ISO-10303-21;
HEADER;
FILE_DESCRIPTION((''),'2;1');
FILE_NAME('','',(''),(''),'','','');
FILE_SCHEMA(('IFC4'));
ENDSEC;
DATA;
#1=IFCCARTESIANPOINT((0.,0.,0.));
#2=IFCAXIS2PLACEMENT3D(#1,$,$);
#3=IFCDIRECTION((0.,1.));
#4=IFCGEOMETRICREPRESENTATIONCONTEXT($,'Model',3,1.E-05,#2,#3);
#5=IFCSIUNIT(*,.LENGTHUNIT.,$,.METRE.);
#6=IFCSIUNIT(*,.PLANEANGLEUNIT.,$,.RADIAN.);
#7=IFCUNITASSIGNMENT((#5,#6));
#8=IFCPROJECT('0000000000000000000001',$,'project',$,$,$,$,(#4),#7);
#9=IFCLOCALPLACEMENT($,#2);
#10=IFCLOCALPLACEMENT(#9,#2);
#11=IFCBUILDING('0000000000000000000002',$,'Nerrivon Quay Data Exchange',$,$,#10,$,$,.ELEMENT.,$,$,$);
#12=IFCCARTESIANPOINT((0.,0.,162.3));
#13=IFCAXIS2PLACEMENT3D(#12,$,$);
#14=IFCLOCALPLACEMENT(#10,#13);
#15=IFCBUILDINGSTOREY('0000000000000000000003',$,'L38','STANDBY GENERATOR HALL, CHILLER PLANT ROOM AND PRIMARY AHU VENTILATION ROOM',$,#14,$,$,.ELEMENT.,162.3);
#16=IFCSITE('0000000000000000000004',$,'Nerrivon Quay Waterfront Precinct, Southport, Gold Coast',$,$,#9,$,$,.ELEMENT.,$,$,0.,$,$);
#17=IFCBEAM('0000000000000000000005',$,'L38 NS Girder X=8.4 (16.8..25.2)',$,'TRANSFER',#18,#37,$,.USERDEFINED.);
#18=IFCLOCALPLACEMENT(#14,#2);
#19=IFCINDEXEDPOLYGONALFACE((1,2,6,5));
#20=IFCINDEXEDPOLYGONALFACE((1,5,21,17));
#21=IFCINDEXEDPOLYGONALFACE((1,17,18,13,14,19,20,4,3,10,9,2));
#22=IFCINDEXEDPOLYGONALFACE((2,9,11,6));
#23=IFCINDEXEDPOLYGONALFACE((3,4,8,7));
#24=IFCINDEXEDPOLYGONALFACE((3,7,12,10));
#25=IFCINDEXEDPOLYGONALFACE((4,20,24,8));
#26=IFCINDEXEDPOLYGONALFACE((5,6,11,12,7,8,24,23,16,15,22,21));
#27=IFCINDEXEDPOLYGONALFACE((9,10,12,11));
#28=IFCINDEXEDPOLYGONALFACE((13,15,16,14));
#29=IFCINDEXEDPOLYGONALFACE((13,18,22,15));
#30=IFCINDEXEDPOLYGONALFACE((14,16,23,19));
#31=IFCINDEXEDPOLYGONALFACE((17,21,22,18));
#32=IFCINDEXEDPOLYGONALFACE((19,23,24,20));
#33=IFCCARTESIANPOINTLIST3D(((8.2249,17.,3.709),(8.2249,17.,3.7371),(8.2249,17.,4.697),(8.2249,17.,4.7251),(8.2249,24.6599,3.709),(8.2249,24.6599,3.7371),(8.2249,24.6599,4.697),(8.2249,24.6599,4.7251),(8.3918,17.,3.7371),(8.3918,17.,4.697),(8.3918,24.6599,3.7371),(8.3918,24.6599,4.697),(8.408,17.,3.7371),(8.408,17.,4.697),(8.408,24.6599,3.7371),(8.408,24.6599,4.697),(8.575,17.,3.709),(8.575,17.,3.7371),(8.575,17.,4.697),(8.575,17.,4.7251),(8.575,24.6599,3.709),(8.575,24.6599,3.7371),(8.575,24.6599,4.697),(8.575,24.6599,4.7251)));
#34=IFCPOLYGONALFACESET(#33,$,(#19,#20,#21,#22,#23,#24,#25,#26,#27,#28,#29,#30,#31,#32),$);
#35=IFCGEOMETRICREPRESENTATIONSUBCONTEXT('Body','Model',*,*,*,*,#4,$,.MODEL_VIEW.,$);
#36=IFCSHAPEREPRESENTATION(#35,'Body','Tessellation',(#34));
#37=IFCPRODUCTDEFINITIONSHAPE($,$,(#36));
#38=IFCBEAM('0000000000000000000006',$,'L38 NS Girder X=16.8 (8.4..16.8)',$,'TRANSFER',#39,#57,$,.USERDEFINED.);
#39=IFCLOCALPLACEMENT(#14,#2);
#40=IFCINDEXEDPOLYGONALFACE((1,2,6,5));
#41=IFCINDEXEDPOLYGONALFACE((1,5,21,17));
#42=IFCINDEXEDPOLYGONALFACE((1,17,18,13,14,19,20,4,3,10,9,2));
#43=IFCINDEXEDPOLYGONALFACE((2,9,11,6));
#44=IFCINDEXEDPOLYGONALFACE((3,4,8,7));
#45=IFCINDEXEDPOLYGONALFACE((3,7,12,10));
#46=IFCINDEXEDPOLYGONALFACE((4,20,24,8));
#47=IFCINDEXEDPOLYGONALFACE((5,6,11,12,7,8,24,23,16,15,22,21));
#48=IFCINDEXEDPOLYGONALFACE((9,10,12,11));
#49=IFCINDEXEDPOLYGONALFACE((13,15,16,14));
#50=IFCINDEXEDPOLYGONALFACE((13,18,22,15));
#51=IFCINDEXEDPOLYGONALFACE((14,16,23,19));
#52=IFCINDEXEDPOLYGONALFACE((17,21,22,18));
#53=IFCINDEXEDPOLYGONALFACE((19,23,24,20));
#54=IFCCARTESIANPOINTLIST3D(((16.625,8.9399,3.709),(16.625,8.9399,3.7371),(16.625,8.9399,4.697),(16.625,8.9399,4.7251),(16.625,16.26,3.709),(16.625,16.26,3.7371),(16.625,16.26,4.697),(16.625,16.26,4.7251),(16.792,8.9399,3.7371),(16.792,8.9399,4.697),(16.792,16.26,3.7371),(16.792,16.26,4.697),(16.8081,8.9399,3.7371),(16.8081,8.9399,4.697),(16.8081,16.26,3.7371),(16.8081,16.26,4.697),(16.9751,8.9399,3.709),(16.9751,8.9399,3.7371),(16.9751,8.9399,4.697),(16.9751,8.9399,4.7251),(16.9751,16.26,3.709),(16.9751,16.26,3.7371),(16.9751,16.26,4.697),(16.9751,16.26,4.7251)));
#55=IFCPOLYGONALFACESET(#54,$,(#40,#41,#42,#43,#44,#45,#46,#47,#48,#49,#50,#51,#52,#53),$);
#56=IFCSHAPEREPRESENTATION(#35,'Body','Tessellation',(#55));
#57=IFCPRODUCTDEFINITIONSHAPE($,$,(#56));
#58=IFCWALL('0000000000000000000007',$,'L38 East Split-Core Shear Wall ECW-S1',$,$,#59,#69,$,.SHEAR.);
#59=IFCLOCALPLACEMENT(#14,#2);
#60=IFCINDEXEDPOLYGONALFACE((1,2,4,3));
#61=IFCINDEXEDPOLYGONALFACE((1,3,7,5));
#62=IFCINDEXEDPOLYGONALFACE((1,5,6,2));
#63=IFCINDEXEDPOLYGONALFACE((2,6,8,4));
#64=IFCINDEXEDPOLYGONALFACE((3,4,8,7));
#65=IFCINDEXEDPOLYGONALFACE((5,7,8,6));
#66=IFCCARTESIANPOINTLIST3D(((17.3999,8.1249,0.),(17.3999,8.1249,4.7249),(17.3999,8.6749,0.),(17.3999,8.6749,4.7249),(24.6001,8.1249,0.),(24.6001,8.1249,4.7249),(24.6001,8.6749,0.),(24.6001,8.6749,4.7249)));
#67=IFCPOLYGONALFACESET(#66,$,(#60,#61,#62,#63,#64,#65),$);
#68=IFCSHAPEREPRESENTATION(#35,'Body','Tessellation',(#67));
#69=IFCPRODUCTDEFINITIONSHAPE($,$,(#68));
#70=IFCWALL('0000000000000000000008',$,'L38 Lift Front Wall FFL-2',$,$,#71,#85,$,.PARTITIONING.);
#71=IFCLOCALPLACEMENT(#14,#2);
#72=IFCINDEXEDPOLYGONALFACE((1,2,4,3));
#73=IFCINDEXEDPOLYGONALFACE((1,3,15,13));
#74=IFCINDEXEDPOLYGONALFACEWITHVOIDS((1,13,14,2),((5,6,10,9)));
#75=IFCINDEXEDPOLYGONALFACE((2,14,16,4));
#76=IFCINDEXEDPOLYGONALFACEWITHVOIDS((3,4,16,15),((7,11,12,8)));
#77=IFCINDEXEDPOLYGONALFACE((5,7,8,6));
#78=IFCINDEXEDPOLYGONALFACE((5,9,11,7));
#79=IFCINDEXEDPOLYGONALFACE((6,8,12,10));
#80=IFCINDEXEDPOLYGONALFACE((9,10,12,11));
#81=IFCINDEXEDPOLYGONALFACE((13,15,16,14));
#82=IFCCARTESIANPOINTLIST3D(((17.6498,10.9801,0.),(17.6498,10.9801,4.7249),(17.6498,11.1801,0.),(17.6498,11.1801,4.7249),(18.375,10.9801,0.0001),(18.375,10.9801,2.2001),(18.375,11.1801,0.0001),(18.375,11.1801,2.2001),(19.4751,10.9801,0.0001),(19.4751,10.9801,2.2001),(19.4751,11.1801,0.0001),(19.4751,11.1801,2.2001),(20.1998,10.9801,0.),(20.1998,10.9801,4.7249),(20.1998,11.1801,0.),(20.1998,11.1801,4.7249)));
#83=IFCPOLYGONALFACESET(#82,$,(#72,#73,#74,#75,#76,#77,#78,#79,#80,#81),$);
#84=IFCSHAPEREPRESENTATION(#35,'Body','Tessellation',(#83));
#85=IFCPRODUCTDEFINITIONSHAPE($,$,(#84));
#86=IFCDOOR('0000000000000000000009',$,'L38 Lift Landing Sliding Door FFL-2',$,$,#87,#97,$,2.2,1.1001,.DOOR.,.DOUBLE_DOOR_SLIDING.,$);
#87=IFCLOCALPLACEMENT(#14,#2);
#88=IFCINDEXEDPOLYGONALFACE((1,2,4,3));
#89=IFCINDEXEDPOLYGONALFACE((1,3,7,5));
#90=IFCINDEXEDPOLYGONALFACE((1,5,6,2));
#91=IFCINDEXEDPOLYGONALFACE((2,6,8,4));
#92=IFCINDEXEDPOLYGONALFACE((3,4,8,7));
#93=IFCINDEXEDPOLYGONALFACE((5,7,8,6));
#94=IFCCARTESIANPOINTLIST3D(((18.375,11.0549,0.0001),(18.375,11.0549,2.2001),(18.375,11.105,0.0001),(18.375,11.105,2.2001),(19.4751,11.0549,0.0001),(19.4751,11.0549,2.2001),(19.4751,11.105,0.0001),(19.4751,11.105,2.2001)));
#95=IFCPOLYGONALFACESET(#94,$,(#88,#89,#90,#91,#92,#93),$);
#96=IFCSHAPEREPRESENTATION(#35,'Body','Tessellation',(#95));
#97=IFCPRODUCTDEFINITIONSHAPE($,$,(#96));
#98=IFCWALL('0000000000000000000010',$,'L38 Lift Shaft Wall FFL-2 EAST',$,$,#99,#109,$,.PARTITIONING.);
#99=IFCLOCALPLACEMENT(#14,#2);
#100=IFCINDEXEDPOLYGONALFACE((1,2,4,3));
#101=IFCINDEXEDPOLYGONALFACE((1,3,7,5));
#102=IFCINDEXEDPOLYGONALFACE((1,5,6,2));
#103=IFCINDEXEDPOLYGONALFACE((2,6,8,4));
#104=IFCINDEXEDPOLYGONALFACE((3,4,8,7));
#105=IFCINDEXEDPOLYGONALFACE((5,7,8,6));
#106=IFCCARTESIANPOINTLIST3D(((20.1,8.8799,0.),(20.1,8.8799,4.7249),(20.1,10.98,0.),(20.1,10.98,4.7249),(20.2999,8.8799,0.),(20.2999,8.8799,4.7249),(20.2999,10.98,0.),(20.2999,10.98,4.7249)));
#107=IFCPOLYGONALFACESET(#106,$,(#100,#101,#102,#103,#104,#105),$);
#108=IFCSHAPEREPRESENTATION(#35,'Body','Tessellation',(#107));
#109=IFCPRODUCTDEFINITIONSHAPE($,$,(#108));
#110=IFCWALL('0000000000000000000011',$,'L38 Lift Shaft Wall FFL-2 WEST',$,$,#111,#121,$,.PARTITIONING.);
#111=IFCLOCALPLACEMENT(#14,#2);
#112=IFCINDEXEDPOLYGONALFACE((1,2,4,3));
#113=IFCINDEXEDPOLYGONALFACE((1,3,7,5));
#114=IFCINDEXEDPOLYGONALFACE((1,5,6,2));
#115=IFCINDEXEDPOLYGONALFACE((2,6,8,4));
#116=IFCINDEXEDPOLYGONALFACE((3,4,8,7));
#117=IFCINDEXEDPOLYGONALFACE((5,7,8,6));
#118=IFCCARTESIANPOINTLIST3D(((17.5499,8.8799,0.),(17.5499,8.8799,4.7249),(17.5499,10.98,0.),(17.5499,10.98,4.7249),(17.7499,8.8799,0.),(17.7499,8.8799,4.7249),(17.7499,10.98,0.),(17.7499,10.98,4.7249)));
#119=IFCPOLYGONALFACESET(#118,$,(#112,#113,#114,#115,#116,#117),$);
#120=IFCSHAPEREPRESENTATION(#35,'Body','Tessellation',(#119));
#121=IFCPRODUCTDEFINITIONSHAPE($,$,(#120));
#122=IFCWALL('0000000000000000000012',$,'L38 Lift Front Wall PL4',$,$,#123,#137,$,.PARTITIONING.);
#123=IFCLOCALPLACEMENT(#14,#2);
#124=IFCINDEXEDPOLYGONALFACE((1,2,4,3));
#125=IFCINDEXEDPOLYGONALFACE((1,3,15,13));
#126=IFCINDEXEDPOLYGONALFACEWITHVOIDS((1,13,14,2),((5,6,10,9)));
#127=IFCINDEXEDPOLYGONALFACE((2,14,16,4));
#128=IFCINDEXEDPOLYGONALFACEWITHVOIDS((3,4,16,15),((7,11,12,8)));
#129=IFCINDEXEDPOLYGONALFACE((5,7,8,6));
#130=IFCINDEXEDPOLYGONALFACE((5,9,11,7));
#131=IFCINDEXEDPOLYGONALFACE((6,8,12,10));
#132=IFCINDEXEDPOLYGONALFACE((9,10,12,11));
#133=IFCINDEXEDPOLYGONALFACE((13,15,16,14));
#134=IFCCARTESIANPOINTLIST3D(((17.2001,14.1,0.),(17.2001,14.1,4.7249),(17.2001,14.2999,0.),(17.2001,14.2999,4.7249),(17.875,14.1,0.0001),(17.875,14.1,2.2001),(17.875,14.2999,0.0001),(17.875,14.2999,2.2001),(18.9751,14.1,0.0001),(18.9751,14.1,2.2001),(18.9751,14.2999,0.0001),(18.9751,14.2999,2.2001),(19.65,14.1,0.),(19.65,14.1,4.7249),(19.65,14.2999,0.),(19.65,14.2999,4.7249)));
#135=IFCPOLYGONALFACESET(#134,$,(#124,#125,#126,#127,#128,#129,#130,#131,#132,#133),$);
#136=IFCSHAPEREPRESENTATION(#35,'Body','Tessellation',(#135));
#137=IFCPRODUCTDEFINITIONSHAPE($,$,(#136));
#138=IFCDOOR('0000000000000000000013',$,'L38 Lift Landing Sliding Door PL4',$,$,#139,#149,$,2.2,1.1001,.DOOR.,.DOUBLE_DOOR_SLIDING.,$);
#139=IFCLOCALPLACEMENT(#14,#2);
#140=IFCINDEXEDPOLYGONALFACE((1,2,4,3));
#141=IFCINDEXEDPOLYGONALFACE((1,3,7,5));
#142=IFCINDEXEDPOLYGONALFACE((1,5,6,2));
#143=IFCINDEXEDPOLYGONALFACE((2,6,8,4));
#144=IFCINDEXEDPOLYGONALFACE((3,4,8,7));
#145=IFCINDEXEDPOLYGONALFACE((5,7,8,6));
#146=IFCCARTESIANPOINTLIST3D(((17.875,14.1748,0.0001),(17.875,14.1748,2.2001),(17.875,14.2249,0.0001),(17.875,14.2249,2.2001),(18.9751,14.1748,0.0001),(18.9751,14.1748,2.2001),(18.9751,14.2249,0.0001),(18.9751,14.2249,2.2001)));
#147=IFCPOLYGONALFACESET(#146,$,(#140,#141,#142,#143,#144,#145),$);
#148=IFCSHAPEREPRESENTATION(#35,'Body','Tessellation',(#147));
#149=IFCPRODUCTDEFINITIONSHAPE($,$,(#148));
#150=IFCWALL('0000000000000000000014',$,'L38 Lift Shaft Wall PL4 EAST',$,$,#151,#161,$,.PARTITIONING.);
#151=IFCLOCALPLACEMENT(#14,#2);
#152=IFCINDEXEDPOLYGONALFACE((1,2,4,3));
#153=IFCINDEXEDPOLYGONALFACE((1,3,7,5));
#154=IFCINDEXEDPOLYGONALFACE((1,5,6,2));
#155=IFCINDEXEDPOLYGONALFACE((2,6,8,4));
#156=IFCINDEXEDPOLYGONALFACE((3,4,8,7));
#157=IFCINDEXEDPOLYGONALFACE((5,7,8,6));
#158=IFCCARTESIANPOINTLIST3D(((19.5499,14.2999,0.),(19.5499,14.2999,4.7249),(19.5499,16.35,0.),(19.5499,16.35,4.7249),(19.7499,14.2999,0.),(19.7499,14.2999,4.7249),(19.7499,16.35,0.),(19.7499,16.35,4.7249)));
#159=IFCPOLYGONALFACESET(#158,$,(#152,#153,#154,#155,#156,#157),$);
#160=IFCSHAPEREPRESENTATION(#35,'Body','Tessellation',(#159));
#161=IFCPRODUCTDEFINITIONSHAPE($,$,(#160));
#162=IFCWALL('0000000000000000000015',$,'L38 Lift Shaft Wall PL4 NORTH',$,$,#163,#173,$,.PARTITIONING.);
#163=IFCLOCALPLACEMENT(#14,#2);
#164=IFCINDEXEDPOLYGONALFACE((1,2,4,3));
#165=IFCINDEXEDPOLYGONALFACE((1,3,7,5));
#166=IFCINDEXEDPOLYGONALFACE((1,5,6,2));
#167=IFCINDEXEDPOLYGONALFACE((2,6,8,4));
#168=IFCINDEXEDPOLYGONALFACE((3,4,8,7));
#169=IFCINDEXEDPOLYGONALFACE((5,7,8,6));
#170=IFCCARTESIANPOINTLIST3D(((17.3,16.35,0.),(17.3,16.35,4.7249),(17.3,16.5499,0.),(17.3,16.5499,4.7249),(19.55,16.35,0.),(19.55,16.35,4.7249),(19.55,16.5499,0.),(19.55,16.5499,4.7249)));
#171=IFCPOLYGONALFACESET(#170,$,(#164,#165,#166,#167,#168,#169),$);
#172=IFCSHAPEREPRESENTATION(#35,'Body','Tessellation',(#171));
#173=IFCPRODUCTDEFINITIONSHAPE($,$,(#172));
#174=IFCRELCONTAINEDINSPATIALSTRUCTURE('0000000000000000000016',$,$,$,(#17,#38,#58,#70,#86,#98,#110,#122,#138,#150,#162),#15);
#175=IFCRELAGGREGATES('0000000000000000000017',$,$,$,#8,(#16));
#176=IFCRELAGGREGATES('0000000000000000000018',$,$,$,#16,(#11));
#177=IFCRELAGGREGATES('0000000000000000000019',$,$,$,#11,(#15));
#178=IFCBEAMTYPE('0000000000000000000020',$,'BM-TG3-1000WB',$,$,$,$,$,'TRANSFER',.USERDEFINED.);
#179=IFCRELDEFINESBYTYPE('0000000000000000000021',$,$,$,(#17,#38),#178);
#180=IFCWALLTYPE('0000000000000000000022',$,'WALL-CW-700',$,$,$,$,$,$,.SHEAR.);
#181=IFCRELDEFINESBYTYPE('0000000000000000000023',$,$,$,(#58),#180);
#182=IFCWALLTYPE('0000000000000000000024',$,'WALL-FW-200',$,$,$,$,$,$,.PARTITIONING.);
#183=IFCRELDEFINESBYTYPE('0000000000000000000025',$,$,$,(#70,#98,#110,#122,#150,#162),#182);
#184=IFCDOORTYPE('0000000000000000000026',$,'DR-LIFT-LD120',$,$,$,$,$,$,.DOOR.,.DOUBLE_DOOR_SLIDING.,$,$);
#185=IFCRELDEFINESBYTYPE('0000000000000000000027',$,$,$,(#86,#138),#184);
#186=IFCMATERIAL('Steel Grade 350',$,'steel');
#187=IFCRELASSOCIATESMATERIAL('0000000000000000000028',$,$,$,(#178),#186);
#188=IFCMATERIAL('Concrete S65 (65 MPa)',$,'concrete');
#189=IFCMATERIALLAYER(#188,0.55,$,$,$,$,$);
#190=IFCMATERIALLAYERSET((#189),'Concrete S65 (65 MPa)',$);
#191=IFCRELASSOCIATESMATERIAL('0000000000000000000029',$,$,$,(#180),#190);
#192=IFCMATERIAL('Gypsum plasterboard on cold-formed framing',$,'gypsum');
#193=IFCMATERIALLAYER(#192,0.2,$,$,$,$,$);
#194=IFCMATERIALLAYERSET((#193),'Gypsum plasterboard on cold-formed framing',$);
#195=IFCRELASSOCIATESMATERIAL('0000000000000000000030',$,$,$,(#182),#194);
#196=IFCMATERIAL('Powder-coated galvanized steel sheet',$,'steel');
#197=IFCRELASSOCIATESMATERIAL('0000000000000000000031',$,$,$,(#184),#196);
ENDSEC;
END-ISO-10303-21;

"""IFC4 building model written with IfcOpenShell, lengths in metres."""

from ifc_helpers import new_model, si_unit, direction, frame, frame_2d, origin, origin_2d, place, context, subcontext, project, spatial, rectangle, i_section, extrude, material, layer, layer_set, material_profile, profile_set, type_object, element, fill, save


model = new_model("IFC4")

# Units and contexts
model_context = context("Model", 3, precision=1e-05, world=origin(), true_north=direction((0.0, 1.0)))
body_context = subcontext(model_context, "Body", "Model", "MODEL_VIEW")
ifc_project = project(units=[si_unit("LENGTHUNIT", "METRE"), si_unit("PLANEANGLEUNIT", "RADIAN")], contexts=[model_context])

# Site, building, storey
site_placement = place(None, origin())
site = spatial("IfcSite", under=ifc_project, at=site_placement, Name="Nerrivon Quay Waterfront Precinct, Southport, Gold Coast", CompositionType="ELEMENT", RefElevation=0.0)
building_placement = place(site_placement, origin())
building = spatial("IfcBuilding", under=site, at=building_placement, Name="Nerrivon Quay Data Exchange", CompositionType="ELEMENT")
storey_placement = place(building_placement, frame((0.0, 0.0, 162.3)))
storey = spatial("IfcBuildingStorey", under=building, at=storey_placement, Name="L38", Description="STANDBY GENERATOR HALL, CHILLER PLANT ROOM AND PRIMARY AHU VENTILATION ROOM", CompositionType="ELEMENT", Elevation=162.3)

# Shared definitions
ifc_material_1 = material(Name="Concrete S65 (65 MPa)", Category="concrete")

# Beams
ifc_material_2 = material(Name="Steel Grade 350", Category="steel")
ifc_material_profile_1 = material_profile(ifc_material_2, i_section(OverallWidth=0.3501, OverallDepth=1.0161, WebThickness=0.0161, FlangeThickness=0.0281, at=origin_2d()), Name="1000WB258")
ifc_profile_set_1 = profile_set([ifc_material_profile_1], Name="Steel Grade 350")
beam_type_1 = type_object("IfcBeamType", Name="BM-TG3-1000WB", ElementType="TRANSFER", PredefinedType="USERDEFINED", material=ifc_profile_set_1)
beam_1_placement = place(storey_placement, frame((8.3999, 17.0, 4.217), z_axis=(0.0, 1.0, 0.0), x_axis=(-1.0, 0.0, 0.0)))
element("IfcBeam", 1, at=beam_1_placement, inside=storey, type_object=beam_type_1, Name="L38 NS Girder X=8.4 (16.8..25.2)", ObjectType="TRANSFER", PredefinedType="USERDEFINED", context=body_context, shape_type="SweptSolid", body=[
    extrude(i_section(OverallWidth=0.3501, OverallDepth=1.0161, WebThickness=0.0161, FlangeThickness=0.0281, at=origin_2d()), origin(), (0.0, 0.0, 1.0), 7.6599),
])
beam_2_placement = place(storey_placement, frame((16.8, 8.9399, 4.217), z_axis=(0.0, 1.0, 0.0), x_axis=(-1.0, 0.0, 0.0)))
element("IfcBeam", 2, at=beam_2_placement, inside=storey, type_object=beam_type_1, Name="L38 NS Girder X=16.8 (8.4..16.8)", ObjectType="TRANSFER", PredefinedType="USERDEFINED", context=body_context, shape_type="SweptSolid", body=[
    extrude(i_section(OverallWidth=0.3501, OverallDepth=1.0161, WebThickness=0.0161, FlangeThickness=0.0281, at=origin_2d()), origin(), (0.0, 0.0, 1.0), 7.3201),
])

# Wall
ifc_layer_1 = layer(ifc_material_1, 0.55)
ifc_layer_set_1 = layer_set([ifc_layer_1], Name="Concrete S65 (65 MPa)")
wall_type_1 = type_object("IfcWallType", Name="WALL-CW-700", PredefinedType="SHEAR", material=ifc_layer_set_1)
wall_1_placement = place(storey_placement, frame((17.3999, 8.3999, 0.0), z_axis=(0.0, 0.0, 1.0), x_axis=(1.0, 0.0, 0.0)))
element("IfcWall", 3, at=wall_1_placement, inside=storey, type_object=wall_type_1, Name="L38 East Split-Core Shear Wall ECW-S1", PredefinedType="SHEAR", context=body_context, shape_type="SweptSolid", body=[
    extrude(rectangle(XDim=7.2002, YDim=0.55, at=frame_2d((3.6001, 0.0))), origin(), (0.0, 0.0, 1.0), 4.7249),
])

# Wall, opening, door
ifc_material_3 = material(Name="Powder-coated galvanized steel sheet", Category="steel")
ifc_material_4 = material(Name="Gypsum plasterboard on cold-formed framing", Category="gypsum")
ifc_layer_2 = layer(ifc_material_4, 0.2)
ifc_layer_set_2 = layer_set([ifc_layer_2], Name="Gypsum plasterboard on cold-formed framing")
wall_type_2 = type_object("IfcWallType", Name="WALL-FW-200", PredefinedType="PARTITIONING", material=ifc_layer_set_2)
wall_2_placement = place(storey_placement, frame((17.6499, 11.0801, 0.0), z_axis=(0.0, 0.0, 1.0), x_axis=(1.0, 0.0, 0.0)))
wall_2 = element("IfcWall", 4, at=wall_2_placement, inside=storey, type_object=wall_type_2, Name="L38 Lift Front Wall FFL-2", PredefinedType="PARTITIONING", context=body_context, shape_type="SweptSolid", body=[
    extrude(rectangle(XDim=2.55, YDim=0.2, at=frame_2d((1.2749, 0.0))), origin(), (0.0, 0.0, 1.0), 4.7249),
])
opening_1_placement = place(wall_2_placement, frame((0.7251, 0.0, 0.0)))
opening_1 = element("IfcOpeningElement", 5, at=opening_1_placement, cuts=wall_2, PredefinedType="OPENING", context=body_context, shape_type="SweptSolid", body=[
    extrude(rectangle(XDim=1.1001, YDim=2.2, at=frame_2d((0.55, 1.1001))), frame((0.0, 0.1099, 0.0), z_axis=(0.0, -1.0, 0.0), x_axis=(1.0, 0.0, 0.0)), (0.0, 0.0, 1.0), 0.22),
])
door_type_1 = type_object("IfcDoorType", Name="DR-LIFT-LD120", OperationType="DOUBLE_DOOR_SLIDING", PredefinedType="DOOR", material=ifc_material_3)
door_1_placement = place(opening_1_placement, origin())
door_1 = element("IfcDoor", 6, at=door_1_placement, inside=storey, type_object=door_type_1, Name="L38 Lift Landing Sliding Door FFL-2", OperationType="DOUBLE_DOOR_SLIDING", OverallHeight=2.2, OverallWidth=1.1001, PredefinedType="DOOR", context=body_context, shape_type="SweptSolid", body=[
    extrude(rectangle(XDim=1.1001, YDim=2.2, at=frame_2d((0.55, 1.1001))), frame((0.0, 0.0249, 0.0), z_axis=(0.0, -1.0, 0.0), x_axis=(1.0, 0.0, 0.0)), (0.0, 0.0, 1.0), 0.05),
])
fill(opening_1, door_1)

# Walls
for number, where, z_axis, x_axis, name in (
    (7, (20.2, 8.8799, 0.0), (0.0, 0.0, 1.0), (0.0, 1.0, 0.0), "L38 Lift Shaft Wall FFL-2 EAST"),
    (8, (17.6499, 8.8799, 0.0), (0.0, 0.0, 1.0), (0.0, 1.0, 0.0), "L38 Lift Shaft Wall FFL-2 WEST"),
):
    element("IfcWall", number, at=place(storey_placement, frame(where, z_axis=z_axis, x_axis=x_axis)), inside=storey, type_object=wall_type_2, Name=name, PredefinedType="PARTITIONING", context=body_context, shape_type="SweptSolid", body=[
        extrude(rectangle(XDim=2.1001, YDim=0.2, at=frame_2d((1.05, 0.0))), origin(), (0.0, 0.0, 1.0), 4.7249),
    ])

# Wall, opening, door
wall_3_placement = place(storey_placement, frame((17.2, 14.2, 0.0), z_axis=(0.0, 0.0, 1.0), x_axis=(1.0, 0.0, 0.0)))
wall_3 = element("IfcWall", 9, at=wall_3_placement, inside=storey, type_object=wall_type_2, Name="L38 Lift Front Wall PL4", PredefinedType="PARTITIONING", context=body_context, shape_type="SweptSolid", body=[
    extrude(rectangle(XDim=2.45, YDim=0.2, at=frame_2d((1.2251, 0.0))), origin(), (0.0, 0.0, 1.0), 4.7249),
])
opening_2_placement = place(wall_3_placement, frame((0.675, 0.0, 0.0)))
opening_2 = element("IfcOpeningElement", 10, at=opening_2_placement, cuts=wall_3, PredefinedType="OPENING", context=body_context, shape_type="SweptSolid", body=[
    extrude(rectangle(XDim=1.1001, YDim=2.2, at=frame_2d((0.55, 1.1001))), frame((0.0, 0.1099, 0.0), z_axis=(0.0, -1.0, 0.0), x_axis=(1.0, 0.0, 0.0)), (0.0, 0.0, 1.0), 0.22),
])
door_2_placement = place(opening_2_placement, origin())
door_2 = element("IfcDoor", 11, at=door_2_placement, inside=storey, type_object=door_type_1, Name="L38 Lift Landing Sliding Door PL4", OperationType="DOUBLE_DOOR_SLIDING", OverallHeight=2.2, OverallWidth=1.1001, PredefinedType="DOOR", context=body_context, shape_type="SweptSolid", body=[
    extrude(rectangle(XDim=1.1001, YDim=2.2, at=frame_2d((0.55, 1.1001))), frame((0.0, 0.0249, 0.0), z_axis=(0.0, -1.0, 0.0), x_axis=(1.0, 0.0, 0.0)), (0.0, 0.0, 1.0), 0.05),
])
fill(opening_2, door_2)

# Walls
wall_4_placement = place(storey_placement, frame((19.6499, 14.3, 0.0), z_axis=(0.0, 0.0, 1.0), x_axis=(0.0, 1.0, 0.0)))
element("IfcWall", 12, at=wall_4_placement, inside=storey, type_object=wall_type_2, Name="L38 Lift Shaft Wall PL4 EAST", PredefinedType="PARTITIONING", context=body_context, shape_type="SweptSolid", body=[
    extrude(rectangle(XDim=2.05, YDim=0.2, at=frame_2d((1.0249, 0.0))), origin(), (0.0, 0.0, 1.0), 4.7249),
])
wall_5_placement = place(storey_placement, frame((17.3, 16.45, 0.0), z_axis=(0.0, 0.0, 1.0), x_axis=(1.0, 0.0, 0.0)))
element("IfcWall", 13, at=wall_5_placement, inside=storey, type_object=wall_type_2, Name="L38 Lift Shaft Wall PL4 NORTH", PredefinedType="PARTITIONING", context=body_context, shape_type="SweptSolid", body=[
    extrude(rectangle(XDim=2.25, YDim=0.2, at=frame_2d((1.125, 0.0))), origin(), (0.0, 0.0, 1.0), 4.7249),
])

save(model, "model.ifc")
